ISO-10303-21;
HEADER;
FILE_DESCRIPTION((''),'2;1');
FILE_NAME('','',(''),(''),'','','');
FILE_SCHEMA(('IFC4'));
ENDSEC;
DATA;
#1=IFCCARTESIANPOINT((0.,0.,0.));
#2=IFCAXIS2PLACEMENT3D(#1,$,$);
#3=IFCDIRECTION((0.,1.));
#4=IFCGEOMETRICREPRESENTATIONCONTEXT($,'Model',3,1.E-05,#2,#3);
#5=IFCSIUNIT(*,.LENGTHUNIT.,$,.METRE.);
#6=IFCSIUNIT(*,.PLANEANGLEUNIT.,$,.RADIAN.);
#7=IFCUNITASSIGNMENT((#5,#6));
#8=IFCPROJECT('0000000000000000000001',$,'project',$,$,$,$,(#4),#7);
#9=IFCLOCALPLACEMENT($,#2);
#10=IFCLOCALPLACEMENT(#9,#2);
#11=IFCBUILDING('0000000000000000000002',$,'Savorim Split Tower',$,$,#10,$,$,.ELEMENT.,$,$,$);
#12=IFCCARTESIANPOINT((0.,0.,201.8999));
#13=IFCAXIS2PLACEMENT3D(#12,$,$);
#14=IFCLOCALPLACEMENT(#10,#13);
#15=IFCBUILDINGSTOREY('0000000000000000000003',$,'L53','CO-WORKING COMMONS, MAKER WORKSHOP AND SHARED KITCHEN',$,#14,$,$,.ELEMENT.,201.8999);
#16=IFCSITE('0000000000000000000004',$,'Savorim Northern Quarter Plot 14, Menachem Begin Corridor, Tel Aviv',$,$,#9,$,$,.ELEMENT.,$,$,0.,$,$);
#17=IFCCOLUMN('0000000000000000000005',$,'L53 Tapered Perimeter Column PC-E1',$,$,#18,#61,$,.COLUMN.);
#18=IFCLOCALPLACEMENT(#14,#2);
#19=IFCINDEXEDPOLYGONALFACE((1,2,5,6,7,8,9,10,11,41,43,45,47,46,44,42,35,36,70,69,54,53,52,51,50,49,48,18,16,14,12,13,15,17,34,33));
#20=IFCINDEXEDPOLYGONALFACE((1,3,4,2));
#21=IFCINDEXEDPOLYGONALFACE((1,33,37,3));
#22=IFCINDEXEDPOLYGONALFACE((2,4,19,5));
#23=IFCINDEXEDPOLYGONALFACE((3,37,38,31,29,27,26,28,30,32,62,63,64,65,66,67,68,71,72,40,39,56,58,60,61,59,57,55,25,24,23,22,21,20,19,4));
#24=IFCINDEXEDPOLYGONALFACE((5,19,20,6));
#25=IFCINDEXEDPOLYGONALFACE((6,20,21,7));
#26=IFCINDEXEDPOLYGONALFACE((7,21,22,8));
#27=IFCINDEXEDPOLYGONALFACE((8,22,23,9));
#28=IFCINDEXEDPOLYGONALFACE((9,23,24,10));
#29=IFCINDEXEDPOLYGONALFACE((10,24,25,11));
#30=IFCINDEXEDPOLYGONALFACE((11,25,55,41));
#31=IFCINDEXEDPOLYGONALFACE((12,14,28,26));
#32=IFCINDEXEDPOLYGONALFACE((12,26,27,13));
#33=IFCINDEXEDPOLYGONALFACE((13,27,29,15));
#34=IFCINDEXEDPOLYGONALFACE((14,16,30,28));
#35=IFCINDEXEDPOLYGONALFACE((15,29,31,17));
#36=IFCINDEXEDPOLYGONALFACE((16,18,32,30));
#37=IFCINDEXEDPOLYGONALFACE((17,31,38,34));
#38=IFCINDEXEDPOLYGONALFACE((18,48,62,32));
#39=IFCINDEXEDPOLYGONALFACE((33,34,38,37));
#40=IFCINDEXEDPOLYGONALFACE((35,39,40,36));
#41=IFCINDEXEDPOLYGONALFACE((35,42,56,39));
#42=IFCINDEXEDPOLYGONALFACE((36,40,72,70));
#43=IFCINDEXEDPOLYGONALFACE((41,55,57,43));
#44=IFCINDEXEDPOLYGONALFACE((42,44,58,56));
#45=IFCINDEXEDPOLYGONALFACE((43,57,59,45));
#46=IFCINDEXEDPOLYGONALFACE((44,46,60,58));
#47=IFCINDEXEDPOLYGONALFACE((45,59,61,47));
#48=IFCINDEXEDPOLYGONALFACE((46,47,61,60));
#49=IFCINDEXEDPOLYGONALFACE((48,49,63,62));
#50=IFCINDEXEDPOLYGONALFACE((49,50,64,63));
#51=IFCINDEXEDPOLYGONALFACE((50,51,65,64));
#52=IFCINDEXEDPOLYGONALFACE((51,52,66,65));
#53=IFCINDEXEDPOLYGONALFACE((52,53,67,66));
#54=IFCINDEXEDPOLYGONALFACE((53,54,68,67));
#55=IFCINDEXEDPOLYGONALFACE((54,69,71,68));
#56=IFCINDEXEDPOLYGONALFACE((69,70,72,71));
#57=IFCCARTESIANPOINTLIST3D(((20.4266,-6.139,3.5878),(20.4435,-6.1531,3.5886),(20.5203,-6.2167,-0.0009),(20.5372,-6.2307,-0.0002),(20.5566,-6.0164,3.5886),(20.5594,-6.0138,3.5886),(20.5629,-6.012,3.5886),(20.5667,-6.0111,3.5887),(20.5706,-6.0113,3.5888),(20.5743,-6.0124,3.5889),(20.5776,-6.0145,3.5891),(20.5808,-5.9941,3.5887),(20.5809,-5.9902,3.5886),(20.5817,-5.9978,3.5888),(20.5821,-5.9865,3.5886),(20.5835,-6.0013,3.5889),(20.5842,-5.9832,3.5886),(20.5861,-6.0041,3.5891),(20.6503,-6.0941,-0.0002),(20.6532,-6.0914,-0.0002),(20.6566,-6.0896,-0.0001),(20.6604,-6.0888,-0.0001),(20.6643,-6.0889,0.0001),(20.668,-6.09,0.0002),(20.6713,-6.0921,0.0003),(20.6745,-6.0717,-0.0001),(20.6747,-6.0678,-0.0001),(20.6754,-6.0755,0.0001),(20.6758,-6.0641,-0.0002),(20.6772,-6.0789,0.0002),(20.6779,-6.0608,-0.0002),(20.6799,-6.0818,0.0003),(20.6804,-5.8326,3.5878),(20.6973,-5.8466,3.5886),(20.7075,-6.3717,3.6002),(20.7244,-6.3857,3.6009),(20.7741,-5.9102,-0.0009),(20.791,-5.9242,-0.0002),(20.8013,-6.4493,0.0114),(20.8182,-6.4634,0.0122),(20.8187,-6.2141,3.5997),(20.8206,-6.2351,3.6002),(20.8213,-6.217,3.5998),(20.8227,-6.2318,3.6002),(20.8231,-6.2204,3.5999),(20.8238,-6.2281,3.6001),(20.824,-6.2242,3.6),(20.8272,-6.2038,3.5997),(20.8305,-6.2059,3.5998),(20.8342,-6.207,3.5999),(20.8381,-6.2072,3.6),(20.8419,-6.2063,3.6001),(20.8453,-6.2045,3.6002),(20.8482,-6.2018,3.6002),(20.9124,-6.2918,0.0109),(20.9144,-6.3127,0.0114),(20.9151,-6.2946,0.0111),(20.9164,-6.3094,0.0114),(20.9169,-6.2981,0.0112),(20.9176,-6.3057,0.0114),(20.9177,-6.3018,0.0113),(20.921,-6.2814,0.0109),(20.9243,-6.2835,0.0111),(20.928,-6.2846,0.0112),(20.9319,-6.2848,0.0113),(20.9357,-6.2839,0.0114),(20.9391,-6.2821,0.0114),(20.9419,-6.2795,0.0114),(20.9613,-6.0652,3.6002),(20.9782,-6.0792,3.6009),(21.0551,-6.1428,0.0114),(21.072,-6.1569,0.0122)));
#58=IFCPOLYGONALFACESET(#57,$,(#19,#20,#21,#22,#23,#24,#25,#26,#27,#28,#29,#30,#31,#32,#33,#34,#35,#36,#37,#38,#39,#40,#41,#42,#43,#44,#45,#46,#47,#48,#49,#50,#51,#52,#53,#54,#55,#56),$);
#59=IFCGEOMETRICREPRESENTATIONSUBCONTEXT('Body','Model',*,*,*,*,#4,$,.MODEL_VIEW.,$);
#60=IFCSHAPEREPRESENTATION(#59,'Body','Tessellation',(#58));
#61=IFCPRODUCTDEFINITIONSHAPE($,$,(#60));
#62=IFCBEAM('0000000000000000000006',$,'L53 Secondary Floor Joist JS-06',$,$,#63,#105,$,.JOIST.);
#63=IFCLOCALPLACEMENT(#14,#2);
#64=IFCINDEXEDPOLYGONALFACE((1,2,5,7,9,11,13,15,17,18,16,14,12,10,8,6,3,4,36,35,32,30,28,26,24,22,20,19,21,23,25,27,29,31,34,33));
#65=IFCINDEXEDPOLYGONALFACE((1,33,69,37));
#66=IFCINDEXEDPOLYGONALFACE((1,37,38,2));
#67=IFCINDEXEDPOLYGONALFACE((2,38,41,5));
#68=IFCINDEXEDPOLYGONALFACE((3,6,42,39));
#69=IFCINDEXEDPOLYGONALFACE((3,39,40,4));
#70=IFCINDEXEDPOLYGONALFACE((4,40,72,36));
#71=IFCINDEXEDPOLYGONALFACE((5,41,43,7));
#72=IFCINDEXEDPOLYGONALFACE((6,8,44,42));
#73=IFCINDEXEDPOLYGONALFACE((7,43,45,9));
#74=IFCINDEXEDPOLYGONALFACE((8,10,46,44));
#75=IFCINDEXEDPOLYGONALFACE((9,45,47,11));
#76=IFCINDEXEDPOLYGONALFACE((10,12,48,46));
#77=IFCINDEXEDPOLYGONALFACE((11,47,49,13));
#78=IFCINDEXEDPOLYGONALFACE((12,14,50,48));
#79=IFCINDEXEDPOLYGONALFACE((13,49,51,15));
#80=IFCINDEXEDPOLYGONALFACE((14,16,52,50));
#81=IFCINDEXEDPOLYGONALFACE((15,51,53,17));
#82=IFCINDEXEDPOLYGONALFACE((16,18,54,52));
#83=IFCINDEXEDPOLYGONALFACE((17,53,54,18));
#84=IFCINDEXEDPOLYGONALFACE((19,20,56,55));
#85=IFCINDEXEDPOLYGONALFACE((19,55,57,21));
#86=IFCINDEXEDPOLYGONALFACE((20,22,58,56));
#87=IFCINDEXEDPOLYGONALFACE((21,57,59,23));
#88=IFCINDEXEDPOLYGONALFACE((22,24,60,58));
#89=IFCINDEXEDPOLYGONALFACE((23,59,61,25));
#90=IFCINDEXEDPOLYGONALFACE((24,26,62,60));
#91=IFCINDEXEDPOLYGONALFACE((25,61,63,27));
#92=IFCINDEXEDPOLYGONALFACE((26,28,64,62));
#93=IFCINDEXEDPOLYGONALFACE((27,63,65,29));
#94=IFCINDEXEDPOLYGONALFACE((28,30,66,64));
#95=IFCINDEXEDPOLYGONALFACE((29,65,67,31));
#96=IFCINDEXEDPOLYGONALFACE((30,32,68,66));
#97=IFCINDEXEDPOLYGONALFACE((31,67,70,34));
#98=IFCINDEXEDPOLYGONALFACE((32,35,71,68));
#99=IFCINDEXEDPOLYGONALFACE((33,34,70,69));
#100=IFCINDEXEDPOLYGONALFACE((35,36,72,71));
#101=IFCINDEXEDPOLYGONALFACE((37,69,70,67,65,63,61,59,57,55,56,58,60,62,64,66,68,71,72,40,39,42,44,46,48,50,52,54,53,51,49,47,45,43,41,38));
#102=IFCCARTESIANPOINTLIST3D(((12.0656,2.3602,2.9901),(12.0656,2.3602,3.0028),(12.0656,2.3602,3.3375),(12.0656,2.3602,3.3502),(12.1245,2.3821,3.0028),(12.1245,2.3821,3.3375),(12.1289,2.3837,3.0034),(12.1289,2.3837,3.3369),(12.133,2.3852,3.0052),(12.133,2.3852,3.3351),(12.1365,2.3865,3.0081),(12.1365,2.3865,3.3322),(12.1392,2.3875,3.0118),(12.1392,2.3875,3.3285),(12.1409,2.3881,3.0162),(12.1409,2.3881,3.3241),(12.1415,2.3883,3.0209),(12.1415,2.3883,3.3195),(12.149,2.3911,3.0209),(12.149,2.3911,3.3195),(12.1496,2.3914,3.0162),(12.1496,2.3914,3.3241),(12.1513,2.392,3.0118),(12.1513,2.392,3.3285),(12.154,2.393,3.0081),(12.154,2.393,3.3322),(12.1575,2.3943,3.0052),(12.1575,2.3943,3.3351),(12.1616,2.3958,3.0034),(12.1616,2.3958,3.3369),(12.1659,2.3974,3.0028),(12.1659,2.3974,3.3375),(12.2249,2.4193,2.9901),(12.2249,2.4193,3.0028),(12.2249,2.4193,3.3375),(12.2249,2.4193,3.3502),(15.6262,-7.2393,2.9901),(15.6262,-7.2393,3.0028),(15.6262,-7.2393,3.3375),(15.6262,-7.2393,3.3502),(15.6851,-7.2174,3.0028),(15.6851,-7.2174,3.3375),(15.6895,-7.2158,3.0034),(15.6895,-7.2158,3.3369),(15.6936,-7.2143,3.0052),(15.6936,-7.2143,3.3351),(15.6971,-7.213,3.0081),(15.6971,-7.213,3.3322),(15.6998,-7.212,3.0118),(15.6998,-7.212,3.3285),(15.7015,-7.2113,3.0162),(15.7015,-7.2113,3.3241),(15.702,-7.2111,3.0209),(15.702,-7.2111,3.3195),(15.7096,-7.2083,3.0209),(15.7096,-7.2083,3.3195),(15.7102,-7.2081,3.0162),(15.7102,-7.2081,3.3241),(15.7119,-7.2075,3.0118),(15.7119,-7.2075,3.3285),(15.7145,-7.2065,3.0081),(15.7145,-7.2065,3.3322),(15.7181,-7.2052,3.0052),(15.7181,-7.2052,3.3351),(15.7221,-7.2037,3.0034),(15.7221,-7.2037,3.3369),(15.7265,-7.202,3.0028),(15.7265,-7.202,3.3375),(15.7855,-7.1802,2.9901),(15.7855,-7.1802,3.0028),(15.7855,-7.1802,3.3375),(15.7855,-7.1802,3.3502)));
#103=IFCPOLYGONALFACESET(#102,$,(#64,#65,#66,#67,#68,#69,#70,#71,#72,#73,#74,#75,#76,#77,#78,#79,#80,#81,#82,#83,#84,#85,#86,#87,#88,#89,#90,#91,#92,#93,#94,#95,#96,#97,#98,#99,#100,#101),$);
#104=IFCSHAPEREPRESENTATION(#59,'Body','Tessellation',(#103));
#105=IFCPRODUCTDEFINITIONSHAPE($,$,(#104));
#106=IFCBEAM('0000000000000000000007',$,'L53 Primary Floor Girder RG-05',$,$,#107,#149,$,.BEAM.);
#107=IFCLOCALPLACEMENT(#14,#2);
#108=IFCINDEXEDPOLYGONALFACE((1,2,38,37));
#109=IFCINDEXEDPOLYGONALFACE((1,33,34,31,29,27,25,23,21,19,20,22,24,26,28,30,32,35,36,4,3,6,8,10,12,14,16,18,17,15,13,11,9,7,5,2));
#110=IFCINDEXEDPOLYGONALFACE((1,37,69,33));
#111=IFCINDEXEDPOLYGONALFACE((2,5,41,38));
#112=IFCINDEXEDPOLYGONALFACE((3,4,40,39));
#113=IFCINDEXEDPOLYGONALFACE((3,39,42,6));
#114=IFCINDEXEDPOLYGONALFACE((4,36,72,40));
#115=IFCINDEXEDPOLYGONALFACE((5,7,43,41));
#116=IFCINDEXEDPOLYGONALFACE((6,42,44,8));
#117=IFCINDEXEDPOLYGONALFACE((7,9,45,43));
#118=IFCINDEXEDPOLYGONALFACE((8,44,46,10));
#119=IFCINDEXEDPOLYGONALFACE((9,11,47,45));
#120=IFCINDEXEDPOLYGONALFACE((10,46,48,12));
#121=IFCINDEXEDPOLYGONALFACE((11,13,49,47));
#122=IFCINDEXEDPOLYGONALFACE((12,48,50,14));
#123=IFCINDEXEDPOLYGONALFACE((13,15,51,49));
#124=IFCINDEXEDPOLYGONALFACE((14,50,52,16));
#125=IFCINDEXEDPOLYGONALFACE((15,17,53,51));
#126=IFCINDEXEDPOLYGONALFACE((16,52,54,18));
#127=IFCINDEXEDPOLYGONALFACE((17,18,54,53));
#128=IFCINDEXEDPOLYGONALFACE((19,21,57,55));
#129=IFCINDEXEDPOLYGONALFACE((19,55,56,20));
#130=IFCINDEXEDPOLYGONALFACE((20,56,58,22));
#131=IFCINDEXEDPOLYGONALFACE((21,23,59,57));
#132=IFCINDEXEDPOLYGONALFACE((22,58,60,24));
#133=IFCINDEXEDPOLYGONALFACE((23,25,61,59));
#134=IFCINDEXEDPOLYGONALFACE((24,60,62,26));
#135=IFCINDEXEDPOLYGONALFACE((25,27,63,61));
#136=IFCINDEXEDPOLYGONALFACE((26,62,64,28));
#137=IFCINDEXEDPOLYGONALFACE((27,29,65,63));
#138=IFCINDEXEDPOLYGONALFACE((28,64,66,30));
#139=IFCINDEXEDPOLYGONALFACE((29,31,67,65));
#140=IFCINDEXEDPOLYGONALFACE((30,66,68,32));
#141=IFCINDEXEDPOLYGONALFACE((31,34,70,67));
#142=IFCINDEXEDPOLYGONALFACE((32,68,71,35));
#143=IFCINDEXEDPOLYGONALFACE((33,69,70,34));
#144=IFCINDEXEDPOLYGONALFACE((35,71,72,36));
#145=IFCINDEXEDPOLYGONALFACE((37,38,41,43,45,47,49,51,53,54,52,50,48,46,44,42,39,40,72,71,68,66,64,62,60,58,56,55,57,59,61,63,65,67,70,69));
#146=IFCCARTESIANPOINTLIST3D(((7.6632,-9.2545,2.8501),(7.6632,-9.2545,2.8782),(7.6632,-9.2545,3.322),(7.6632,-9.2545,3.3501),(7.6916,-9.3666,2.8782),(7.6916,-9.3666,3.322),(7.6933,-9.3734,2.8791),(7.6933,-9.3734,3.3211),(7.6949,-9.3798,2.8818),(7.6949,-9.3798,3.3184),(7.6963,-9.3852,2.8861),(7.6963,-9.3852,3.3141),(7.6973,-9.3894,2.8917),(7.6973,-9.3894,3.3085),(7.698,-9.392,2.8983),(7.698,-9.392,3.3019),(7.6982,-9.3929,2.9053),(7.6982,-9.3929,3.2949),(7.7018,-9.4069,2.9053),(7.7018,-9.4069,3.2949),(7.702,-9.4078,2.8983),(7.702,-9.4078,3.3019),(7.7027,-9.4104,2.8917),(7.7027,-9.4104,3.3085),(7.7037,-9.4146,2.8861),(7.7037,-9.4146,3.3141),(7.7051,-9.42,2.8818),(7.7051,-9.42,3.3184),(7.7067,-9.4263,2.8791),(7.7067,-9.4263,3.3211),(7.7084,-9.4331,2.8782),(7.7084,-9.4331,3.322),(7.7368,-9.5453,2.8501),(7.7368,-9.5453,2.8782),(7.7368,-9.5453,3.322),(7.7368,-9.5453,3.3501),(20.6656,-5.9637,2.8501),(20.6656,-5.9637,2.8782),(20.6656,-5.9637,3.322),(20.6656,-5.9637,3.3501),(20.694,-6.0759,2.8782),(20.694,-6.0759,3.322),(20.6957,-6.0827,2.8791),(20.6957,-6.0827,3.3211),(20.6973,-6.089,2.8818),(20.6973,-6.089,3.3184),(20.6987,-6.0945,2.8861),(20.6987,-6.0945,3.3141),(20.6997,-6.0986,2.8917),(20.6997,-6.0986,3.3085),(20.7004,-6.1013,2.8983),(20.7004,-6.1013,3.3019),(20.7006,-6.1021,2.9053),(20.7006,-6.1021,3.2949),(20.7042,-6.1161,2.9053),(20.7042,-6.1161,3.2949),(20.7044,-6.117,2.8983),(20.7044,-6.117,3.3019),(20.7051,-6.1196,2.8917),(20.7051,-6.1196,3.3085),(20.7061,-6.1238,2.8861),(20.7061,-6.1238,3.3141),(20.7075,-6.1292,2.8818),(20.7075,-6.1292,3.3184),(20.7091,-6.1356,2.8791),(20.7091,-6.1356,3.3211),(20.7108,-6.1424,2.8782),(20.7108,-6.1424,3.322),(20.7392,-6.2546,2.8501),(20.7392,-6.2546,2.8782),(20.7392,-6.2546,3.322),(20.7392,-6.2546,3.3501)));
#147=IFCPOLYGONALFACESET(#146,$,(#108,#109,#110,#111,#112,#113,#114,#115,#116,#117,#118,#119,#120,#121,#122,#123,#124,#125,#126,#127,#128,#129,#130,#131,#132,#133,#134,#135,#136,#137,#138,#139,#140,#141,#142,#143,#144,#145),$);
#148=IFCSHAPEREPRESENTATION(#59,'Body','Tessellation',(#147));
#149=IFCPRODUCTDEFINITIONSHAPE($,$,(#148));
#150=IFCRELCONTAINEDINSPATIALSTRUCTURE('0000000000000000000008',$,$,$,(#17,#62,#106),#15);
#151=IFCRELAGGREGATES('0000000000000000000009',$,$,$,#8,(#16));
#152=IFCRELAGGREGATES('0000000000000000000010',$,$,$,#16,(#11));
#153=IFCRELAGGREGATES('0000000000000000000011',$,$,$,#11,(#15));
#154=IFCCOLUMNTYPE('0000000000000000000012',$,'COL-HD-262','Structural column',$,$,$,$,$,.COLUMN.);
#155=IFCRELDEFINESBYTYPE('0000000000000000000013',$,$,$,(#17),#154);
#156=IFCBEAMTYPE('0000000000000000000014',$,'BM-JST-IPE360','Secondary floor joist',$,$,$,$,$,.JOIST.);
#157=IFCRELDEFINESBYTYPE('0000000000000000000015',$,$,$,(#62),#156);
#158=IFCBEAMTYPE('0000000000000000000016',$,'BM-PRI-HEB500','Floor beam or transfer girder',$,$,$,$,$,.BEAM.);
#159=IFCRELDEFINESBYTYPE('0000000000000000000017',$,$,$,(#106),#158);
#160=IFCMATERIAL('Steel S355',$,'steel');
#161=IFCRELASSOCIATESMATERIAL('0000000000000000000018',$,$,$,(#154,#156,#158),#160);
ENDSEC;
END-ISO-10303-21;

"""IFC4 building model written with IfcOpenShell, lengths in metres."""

from ifc_helpers import new_model, si_unit, direction, frame, origin, origin_2d, place, context, subcontext, project, spatial, i_section, extrude, material, material_profile, profile_set, type_object, element, save


model = new_model("IFC4")

# Units and contexts
model_context = context("Model", 3, precision=1e-05, world=origin(), true_north=direction((0.0, 1.0)))
body_context = subcontext(model_context, "Body", "Model", "MODEL_VIEW")
ifc_project = project(units=[si_unit("LENGTHUNIT", "METRE"), si_unit("PLANEANGLEUNIT", "RADIAN")], contexts=[model_context])

# Site, building, storey
site_placement = place(None, origin())
site = spatial("IfcSite", under=ifc_project, at=site_placement, Name="Savorim Northern Quarter Plot 14, Menachem Begin Corridor, Tel Aviv", CompositionType="ELEMENT", RefElevation=0.0)
building_placement = place(site_placement, origin())
building = spatial("IfcBuilding", under=site, at=building_placement, Name="Savorim Split Tower", CompositionType="ELEMENT")
storey_placement = place(building_placement, frame((0.0, 0.0, 201.8999)))
storey = spatial("IfcBuildingStorey", under=building, at=storey_placement, Name="L53", Description="CO-WORKING COMMONS, MAKER WORKSHOP AND SHARED KITCHEN", CompositionType="ELEMENT", Elevation=201.8999)

# Column
ifc_material_1 = material(Name="Steel S355", Category="steel")
ifc_material_profile_1 = material_profile(ifc_material_1, i_section(OverallWidth=0.3979, OverallDepth=0.387, WebThickness=0.0134, FlangeThickness=0.022, FilletRadius=0.0149, at=origin_2d()), Name="HD 400x262")
ifc_profile_set_1 = profile_set([ifc_material_profile_1], Name="Steel S355")
column_type = type_object("IfcColumnType", Name="COL-HD-262", Description="Structural column", PredefinedType="COLUMN", material=ifc_profile_set_1)
column_placement = place(storey_placement, frame((20.7961, -6.1868, 0.0056), z_axis=(-0.026107, 0.02162, 0.999425), x_axis=(-0.637814, -0.77019, 0.0)))
element("IfcColumn", 1, at=column_placement, inside=storey, type_object=column_type, Name="L53 Tapered Perimeter Column PC-E1", PredefinedType="COLUMN", context=body_context, shape_type="SweptSolid", body=[
    extrude(i_section(OverallWidth=0.3979, OverallDepth=0.387, WebThickness=0.0134, FlangeThickness=0.022, FilletRadius=0.0149, at=origin_2d()), origin(), (0.0, 0.0, 1.0), 3.5908),
])

# Beams
ifc_material_profile_2 = material_profile(ifc_material_1, i_section(OverallWidth=0.1699, OverallDepth=0.3601, WebThickness=0.0081, FlangeThickness=0.0127, FilletRadius=0.0181, at=origin_2d()), Name="IPE 360")
ifc_profile_set_2 = profile_set([ifc_material_profile_2], Name="Steel S355")
beam_type_1 = type_object("IfcBeamType", Name="BM-JST-IPE360", Description="Secondary floor joist", PredefinedType="JOIST", material=ifc_profile_set_2)
beam_1_placement = place(storey_placement, frame((15.7058, -7.2097, 3.1702), z_axis=(-0.347763, 0.937582, 0.0), x_axis=(-0.937582, -0.347763, 0.0)))
element("IfcBeam", 2, at=beam_1_placement, inside=storey, type_object=beam_type_1, Name="L53 Secondary Floor Joist JS-06", PredefinedType="JOIST", context=body_context, shape_type="SweptSolid", body=[
    extrude(i_section(OverallWidth=0.1699, OverallDepth=0.3601, WebThickness=0.0081, FlangeThickness=0.0127, FilletRadius=0.0181, at=origin_2d()), origin(), (0.0, 0.0, 1.0), 10.2385),
])
ifc_material_profile_3 = material_profile(ifc_material_1, i_section(OverallWidth=0.3, OverallDepth=0.5, WebThickness=0.0144, FlangeThickness=0.0281, FilletRadius=0.0271, at=origin_2d()), Name="HEB 500")
ifc_profile_set_3 = profile_set([ifc_material_profile_3], Name="Steel S355")
beam_type_2 = type_object("IfcBeamType", Name="BM-PRI-HEB500", Description="Floor beam or transfer girder", PredefinedType="BEAM", material=ifc_profile_set_3)
beam_2_placement = place(storey_placement, frame((20.7024, -6.1091, 3.1001), z_axis=(-0.969434, -0.245353, 0.0), x_axis=(0.245353, -0.969434, 0.0)))
element("IfcBeam", 3, at=beam_2_placement, inside=storey, type_object=beam_type_2, Name="L53 Primary Floor Girder RG-05", PredefinedType="BEAM", context=body_context, shape_type="SweptSolid", body=[
    extrude(i_section(OverallWidth=0.3, OverallDepth=0.5, WebThickness=0.0144, FlangeThickness=0.0281, FilletRadius=0.0271, at=origin_2d()), origin(), (0.0, 0.0, 1.0), 13.4124),
])

save(model, "model.ifc")
